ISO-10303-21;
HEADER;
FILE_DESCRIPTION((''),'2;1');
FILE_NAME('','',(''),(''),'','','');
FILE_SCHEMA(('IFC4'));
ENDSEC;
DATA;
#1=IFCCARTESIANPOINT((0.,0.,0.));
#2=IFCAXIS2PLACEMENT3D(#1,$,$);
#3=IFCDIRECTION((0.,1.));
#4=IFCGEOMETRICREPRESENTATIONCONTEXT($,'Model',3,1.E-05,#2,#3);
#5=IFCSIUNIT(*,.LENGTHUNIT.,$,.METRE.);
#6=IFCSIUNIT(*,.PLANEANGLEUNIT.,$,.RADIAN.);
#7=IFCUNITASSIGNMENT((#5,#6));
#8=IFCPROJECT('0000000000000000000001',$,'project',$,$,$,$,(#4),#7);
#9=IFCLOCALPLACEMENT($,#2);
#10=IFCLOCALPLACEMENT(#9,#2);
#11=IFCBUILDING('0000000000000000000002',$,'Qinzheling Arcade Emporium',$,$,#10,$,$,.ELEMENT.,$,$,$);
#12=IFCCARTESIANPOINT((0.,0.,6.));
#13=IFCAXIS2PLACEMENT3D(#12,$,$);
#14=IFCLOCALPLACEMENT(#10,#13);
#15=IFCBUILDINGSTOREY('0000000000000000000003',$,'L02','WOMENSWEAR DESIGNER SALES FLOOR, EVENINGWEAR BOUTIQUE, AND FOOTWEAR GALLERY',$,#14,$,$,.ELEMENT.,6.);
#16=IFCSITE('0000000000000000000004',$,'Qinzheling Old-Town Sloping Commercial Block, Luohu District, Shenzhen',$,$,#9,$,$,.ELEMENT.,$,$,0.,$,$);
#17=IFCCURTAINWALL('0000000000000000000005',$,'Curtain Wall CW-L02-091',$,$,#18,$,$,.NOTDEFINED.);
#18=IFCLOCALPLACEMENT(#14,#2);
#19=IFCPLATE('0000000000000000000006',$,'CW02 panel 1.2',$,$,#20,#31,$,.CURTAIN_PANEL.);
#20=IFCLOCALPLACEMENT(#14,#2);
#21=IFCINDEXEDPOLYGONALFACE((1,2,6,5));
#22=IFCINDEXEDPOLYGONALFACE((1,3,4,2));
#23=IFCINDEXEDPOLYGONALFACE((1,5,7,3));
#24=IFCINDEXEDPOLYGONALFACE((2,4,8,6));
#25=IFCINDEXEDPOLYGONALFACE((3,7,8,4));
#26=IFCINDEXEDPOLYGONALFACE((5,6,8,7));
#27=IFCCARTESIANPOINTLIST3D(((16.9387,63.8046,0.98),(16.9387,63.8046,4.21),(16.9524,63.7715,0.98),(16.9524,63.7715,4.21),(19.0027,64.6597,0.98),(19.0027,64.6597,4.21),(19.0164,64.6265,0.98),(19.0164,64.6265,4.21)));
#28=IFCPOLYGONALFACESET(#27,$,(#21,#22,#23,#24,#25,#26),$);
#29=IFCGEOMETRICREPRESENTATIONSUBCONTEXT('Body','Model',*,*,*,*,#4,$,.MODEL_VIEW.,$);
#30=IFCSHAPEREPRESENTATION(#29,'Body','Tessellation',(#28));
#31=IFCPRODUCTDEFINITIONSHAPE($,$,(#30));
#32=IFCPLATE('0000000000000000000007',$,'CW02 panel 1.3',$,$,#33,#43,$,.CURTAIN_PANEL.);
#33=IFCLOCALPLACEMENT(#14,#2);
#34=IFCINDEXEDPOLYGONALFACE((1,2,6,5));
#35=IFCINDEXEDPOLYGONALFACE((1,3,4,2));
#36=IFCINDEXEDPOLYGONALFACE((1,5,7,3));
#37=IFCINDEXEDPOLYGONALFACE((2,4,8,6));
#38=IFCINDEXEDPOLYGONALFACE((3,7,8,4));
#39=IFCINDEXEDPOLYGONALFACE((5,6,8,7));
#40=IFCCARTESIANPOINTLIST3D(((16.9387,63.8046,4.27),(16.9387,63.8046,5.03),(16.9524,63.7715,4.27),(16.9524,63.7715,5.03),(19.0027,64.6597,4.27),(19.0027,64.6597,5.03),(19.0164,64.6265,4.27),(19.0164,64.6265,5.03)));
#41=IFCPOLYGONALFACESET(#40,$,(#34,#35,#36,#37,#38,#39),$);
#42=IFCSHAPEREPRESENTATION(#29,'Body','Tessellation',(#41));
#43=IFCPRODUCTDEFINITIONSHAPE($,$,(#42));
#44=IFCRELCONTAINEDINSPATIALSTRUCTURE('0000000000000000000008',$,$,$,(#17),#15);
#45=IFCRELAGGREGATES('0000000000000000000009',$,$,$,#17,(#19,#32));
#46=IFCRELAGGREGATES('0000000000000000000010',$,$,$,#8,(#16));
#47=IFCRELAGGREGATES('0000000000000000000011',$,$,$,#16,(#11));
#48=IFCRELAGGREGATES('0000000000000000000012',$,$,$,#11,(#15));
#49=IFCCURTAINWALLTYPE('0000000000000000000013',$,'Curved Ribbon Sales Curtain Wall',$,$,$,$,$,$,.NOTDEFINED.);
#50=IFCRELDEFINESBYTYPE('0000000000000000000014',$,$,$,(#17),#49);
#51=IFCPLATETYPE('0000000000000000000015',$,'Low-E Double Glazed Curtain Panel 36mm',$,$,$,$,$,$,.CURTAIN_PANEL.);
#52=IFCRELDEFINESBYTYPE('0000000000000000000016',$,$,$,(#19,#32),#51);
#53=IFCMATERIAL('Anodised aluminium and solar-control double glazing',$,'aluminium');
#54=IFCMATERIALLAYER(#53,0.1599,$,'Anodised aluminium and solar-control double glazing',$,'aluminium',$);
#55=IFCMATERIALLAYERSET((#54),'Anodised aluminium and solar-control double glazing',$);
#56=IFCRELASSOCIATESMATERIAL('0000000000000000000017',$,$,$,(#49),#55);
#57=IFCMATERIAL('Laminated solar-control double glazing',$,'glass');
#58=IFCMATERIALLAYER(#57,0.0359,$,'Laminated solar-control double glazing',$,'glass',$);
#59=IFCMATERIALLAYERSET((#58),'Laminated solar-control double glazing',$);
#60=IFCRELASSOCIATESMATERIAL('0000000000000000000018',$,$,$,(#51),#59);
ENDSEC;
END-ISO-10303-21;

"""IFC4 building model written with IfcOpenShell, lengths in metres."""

from ifc_helpers import new_model, si_unit, direction, frame, origin, origin_2d, place, context, subcontext, project, spatial, rectangle, extrude, material, layer, layer_set, type_object, element, aggregate, save


model = new_model("IFC4")

# Units and contexts
model_context = context("Model", 3, precision=1e-05, world=origin(), true_north=direction((0.0, 1.0)))
body_context = subcontext(model_context, "Body", "Model", "MODEL_VIEW")
ifc_project = project(units=[si_unit("LENGTHUNIT", "METRE"), si_unit("PLANEANGLEUNIT", "RADIAN")], contexts=[model_context])

# Site, building, storey
site_placement = place(None, origin())
site = spatial("IfcSite", under=ifc_project, at=site_placement, Name="Qinzheling Old-Town Sloping Commercial Block, Luohu District, Shenzhen", CompositionType="ELEMENT", RefElevation=0.0)
building_placement = place(site_placement, origin())
building = spatial("IfcBuilding", under=site, at=building_placement, Name="Qinzheling Arcade Emporium", CompositionType="ELEMENT")
storey_placement = place(building_placement, frame((0.0, 0.0, 6.0)))
storey = spatial("IfcBuildingStorey", under=building, at=storey_placement, Name="L02", Description="WOMENSWEAR DESIGNER SALES FLOOR, EVENINGWEAR BOUTIQUE, AND FOOTWEAR GALLERY", CompositionType="ELEMENT", Elevation=6.0)

# Shared definitions
ifc_material_1 = material(Name="Anodised aluminium and solar-control double glazing", Category="aluminium")
ifc_layer_1 = layer(ifc_material_1, 0.1599, Name="Anodised aluminium and solar-control double glazing", Category="aluminium")
ifc_layer_set_1 = layer_set([ifc_layer_1], Name="Anodised aluminium and solar-control double glazing")
curtain_wall_type = type_object("IfcCurtainWallType", Name="Curved Ribbon Sales Curtain Wall", PredefinedType="NOTDEFINED", material=ifc_layer_set_1)

# Curtain wall
curtain_wall_1_placement = place(storey_placement, origin())
curtain_wall_1 = element("IfcCurtainWall", 1, at=curtain_wall_1_placement, inside=storey, type_object=curtain_wall_type, Name="Curtain Wall CW-L02-091", PredefinedType="NOTDEFINED")

# Plates
ifc_material_2 = material(Name="Laminated solar-control double glazing", Category="glass")
ifc_layer_2 = layer(ifc_material_2, 0.0359, Name="Laminated solar-control double glazing", Category="glass")
ifc_layer_set_2 = layer_set([ifc_layer_2], Name="Laminated solar-control double glazing")
plate_type_1 = type_object("IfcPlateType", Name="Low-E Double Glazed Curtain Panel 36mm", PredefinedType="CURTAIN_PANEL", material=ifc_layer_set_2)
plate_1_placement = place(storey_placement, frame((17.9775, 64.2156, 0.98), z_axis=(0.0, 0.0, 1.0), x_axis=(0.923867, 0.382714, 0.0)))
plate_1 = element("IfcPlate", 2, at=plate_1_placement, type_object=plate_type_1, Name="CW02 panel 1.2", PredefinedType="CURTAIN_PANEL", context=body_context, shape_type="SweptSolid", body=[
    extrude(rectangle(XDim=2.2341, YDim=0.0359, at=origin_2d()), origin(), (0.0, 0.0, 1.0), 3.23),
])
plate_2_placement = place(storey_placement, frame((17.9775, 64.2156, 4.27), z_axis=(0.0, 0.0, 1.0), x_axis=(0.923867, 0.382714, 0.0)))
plate_2 = element("IfcPlate", 3, at=plate_2_placement, type_object=plate_type_1, Name="CW02 panel 1.3", PredefinedType="CURTAIN_PANEL", context=body_context, shape_type="SweptSolid", body=[
    extrude(rectangle(XDim=2.2341, YDim=0.0359, at=origin_2d()), origin(), (0.0, 0.0, 1.0), 0.76),
])
aggregate(curtain_wall_1, [plate_1, plate_2])

save(model, "model.ifc")
